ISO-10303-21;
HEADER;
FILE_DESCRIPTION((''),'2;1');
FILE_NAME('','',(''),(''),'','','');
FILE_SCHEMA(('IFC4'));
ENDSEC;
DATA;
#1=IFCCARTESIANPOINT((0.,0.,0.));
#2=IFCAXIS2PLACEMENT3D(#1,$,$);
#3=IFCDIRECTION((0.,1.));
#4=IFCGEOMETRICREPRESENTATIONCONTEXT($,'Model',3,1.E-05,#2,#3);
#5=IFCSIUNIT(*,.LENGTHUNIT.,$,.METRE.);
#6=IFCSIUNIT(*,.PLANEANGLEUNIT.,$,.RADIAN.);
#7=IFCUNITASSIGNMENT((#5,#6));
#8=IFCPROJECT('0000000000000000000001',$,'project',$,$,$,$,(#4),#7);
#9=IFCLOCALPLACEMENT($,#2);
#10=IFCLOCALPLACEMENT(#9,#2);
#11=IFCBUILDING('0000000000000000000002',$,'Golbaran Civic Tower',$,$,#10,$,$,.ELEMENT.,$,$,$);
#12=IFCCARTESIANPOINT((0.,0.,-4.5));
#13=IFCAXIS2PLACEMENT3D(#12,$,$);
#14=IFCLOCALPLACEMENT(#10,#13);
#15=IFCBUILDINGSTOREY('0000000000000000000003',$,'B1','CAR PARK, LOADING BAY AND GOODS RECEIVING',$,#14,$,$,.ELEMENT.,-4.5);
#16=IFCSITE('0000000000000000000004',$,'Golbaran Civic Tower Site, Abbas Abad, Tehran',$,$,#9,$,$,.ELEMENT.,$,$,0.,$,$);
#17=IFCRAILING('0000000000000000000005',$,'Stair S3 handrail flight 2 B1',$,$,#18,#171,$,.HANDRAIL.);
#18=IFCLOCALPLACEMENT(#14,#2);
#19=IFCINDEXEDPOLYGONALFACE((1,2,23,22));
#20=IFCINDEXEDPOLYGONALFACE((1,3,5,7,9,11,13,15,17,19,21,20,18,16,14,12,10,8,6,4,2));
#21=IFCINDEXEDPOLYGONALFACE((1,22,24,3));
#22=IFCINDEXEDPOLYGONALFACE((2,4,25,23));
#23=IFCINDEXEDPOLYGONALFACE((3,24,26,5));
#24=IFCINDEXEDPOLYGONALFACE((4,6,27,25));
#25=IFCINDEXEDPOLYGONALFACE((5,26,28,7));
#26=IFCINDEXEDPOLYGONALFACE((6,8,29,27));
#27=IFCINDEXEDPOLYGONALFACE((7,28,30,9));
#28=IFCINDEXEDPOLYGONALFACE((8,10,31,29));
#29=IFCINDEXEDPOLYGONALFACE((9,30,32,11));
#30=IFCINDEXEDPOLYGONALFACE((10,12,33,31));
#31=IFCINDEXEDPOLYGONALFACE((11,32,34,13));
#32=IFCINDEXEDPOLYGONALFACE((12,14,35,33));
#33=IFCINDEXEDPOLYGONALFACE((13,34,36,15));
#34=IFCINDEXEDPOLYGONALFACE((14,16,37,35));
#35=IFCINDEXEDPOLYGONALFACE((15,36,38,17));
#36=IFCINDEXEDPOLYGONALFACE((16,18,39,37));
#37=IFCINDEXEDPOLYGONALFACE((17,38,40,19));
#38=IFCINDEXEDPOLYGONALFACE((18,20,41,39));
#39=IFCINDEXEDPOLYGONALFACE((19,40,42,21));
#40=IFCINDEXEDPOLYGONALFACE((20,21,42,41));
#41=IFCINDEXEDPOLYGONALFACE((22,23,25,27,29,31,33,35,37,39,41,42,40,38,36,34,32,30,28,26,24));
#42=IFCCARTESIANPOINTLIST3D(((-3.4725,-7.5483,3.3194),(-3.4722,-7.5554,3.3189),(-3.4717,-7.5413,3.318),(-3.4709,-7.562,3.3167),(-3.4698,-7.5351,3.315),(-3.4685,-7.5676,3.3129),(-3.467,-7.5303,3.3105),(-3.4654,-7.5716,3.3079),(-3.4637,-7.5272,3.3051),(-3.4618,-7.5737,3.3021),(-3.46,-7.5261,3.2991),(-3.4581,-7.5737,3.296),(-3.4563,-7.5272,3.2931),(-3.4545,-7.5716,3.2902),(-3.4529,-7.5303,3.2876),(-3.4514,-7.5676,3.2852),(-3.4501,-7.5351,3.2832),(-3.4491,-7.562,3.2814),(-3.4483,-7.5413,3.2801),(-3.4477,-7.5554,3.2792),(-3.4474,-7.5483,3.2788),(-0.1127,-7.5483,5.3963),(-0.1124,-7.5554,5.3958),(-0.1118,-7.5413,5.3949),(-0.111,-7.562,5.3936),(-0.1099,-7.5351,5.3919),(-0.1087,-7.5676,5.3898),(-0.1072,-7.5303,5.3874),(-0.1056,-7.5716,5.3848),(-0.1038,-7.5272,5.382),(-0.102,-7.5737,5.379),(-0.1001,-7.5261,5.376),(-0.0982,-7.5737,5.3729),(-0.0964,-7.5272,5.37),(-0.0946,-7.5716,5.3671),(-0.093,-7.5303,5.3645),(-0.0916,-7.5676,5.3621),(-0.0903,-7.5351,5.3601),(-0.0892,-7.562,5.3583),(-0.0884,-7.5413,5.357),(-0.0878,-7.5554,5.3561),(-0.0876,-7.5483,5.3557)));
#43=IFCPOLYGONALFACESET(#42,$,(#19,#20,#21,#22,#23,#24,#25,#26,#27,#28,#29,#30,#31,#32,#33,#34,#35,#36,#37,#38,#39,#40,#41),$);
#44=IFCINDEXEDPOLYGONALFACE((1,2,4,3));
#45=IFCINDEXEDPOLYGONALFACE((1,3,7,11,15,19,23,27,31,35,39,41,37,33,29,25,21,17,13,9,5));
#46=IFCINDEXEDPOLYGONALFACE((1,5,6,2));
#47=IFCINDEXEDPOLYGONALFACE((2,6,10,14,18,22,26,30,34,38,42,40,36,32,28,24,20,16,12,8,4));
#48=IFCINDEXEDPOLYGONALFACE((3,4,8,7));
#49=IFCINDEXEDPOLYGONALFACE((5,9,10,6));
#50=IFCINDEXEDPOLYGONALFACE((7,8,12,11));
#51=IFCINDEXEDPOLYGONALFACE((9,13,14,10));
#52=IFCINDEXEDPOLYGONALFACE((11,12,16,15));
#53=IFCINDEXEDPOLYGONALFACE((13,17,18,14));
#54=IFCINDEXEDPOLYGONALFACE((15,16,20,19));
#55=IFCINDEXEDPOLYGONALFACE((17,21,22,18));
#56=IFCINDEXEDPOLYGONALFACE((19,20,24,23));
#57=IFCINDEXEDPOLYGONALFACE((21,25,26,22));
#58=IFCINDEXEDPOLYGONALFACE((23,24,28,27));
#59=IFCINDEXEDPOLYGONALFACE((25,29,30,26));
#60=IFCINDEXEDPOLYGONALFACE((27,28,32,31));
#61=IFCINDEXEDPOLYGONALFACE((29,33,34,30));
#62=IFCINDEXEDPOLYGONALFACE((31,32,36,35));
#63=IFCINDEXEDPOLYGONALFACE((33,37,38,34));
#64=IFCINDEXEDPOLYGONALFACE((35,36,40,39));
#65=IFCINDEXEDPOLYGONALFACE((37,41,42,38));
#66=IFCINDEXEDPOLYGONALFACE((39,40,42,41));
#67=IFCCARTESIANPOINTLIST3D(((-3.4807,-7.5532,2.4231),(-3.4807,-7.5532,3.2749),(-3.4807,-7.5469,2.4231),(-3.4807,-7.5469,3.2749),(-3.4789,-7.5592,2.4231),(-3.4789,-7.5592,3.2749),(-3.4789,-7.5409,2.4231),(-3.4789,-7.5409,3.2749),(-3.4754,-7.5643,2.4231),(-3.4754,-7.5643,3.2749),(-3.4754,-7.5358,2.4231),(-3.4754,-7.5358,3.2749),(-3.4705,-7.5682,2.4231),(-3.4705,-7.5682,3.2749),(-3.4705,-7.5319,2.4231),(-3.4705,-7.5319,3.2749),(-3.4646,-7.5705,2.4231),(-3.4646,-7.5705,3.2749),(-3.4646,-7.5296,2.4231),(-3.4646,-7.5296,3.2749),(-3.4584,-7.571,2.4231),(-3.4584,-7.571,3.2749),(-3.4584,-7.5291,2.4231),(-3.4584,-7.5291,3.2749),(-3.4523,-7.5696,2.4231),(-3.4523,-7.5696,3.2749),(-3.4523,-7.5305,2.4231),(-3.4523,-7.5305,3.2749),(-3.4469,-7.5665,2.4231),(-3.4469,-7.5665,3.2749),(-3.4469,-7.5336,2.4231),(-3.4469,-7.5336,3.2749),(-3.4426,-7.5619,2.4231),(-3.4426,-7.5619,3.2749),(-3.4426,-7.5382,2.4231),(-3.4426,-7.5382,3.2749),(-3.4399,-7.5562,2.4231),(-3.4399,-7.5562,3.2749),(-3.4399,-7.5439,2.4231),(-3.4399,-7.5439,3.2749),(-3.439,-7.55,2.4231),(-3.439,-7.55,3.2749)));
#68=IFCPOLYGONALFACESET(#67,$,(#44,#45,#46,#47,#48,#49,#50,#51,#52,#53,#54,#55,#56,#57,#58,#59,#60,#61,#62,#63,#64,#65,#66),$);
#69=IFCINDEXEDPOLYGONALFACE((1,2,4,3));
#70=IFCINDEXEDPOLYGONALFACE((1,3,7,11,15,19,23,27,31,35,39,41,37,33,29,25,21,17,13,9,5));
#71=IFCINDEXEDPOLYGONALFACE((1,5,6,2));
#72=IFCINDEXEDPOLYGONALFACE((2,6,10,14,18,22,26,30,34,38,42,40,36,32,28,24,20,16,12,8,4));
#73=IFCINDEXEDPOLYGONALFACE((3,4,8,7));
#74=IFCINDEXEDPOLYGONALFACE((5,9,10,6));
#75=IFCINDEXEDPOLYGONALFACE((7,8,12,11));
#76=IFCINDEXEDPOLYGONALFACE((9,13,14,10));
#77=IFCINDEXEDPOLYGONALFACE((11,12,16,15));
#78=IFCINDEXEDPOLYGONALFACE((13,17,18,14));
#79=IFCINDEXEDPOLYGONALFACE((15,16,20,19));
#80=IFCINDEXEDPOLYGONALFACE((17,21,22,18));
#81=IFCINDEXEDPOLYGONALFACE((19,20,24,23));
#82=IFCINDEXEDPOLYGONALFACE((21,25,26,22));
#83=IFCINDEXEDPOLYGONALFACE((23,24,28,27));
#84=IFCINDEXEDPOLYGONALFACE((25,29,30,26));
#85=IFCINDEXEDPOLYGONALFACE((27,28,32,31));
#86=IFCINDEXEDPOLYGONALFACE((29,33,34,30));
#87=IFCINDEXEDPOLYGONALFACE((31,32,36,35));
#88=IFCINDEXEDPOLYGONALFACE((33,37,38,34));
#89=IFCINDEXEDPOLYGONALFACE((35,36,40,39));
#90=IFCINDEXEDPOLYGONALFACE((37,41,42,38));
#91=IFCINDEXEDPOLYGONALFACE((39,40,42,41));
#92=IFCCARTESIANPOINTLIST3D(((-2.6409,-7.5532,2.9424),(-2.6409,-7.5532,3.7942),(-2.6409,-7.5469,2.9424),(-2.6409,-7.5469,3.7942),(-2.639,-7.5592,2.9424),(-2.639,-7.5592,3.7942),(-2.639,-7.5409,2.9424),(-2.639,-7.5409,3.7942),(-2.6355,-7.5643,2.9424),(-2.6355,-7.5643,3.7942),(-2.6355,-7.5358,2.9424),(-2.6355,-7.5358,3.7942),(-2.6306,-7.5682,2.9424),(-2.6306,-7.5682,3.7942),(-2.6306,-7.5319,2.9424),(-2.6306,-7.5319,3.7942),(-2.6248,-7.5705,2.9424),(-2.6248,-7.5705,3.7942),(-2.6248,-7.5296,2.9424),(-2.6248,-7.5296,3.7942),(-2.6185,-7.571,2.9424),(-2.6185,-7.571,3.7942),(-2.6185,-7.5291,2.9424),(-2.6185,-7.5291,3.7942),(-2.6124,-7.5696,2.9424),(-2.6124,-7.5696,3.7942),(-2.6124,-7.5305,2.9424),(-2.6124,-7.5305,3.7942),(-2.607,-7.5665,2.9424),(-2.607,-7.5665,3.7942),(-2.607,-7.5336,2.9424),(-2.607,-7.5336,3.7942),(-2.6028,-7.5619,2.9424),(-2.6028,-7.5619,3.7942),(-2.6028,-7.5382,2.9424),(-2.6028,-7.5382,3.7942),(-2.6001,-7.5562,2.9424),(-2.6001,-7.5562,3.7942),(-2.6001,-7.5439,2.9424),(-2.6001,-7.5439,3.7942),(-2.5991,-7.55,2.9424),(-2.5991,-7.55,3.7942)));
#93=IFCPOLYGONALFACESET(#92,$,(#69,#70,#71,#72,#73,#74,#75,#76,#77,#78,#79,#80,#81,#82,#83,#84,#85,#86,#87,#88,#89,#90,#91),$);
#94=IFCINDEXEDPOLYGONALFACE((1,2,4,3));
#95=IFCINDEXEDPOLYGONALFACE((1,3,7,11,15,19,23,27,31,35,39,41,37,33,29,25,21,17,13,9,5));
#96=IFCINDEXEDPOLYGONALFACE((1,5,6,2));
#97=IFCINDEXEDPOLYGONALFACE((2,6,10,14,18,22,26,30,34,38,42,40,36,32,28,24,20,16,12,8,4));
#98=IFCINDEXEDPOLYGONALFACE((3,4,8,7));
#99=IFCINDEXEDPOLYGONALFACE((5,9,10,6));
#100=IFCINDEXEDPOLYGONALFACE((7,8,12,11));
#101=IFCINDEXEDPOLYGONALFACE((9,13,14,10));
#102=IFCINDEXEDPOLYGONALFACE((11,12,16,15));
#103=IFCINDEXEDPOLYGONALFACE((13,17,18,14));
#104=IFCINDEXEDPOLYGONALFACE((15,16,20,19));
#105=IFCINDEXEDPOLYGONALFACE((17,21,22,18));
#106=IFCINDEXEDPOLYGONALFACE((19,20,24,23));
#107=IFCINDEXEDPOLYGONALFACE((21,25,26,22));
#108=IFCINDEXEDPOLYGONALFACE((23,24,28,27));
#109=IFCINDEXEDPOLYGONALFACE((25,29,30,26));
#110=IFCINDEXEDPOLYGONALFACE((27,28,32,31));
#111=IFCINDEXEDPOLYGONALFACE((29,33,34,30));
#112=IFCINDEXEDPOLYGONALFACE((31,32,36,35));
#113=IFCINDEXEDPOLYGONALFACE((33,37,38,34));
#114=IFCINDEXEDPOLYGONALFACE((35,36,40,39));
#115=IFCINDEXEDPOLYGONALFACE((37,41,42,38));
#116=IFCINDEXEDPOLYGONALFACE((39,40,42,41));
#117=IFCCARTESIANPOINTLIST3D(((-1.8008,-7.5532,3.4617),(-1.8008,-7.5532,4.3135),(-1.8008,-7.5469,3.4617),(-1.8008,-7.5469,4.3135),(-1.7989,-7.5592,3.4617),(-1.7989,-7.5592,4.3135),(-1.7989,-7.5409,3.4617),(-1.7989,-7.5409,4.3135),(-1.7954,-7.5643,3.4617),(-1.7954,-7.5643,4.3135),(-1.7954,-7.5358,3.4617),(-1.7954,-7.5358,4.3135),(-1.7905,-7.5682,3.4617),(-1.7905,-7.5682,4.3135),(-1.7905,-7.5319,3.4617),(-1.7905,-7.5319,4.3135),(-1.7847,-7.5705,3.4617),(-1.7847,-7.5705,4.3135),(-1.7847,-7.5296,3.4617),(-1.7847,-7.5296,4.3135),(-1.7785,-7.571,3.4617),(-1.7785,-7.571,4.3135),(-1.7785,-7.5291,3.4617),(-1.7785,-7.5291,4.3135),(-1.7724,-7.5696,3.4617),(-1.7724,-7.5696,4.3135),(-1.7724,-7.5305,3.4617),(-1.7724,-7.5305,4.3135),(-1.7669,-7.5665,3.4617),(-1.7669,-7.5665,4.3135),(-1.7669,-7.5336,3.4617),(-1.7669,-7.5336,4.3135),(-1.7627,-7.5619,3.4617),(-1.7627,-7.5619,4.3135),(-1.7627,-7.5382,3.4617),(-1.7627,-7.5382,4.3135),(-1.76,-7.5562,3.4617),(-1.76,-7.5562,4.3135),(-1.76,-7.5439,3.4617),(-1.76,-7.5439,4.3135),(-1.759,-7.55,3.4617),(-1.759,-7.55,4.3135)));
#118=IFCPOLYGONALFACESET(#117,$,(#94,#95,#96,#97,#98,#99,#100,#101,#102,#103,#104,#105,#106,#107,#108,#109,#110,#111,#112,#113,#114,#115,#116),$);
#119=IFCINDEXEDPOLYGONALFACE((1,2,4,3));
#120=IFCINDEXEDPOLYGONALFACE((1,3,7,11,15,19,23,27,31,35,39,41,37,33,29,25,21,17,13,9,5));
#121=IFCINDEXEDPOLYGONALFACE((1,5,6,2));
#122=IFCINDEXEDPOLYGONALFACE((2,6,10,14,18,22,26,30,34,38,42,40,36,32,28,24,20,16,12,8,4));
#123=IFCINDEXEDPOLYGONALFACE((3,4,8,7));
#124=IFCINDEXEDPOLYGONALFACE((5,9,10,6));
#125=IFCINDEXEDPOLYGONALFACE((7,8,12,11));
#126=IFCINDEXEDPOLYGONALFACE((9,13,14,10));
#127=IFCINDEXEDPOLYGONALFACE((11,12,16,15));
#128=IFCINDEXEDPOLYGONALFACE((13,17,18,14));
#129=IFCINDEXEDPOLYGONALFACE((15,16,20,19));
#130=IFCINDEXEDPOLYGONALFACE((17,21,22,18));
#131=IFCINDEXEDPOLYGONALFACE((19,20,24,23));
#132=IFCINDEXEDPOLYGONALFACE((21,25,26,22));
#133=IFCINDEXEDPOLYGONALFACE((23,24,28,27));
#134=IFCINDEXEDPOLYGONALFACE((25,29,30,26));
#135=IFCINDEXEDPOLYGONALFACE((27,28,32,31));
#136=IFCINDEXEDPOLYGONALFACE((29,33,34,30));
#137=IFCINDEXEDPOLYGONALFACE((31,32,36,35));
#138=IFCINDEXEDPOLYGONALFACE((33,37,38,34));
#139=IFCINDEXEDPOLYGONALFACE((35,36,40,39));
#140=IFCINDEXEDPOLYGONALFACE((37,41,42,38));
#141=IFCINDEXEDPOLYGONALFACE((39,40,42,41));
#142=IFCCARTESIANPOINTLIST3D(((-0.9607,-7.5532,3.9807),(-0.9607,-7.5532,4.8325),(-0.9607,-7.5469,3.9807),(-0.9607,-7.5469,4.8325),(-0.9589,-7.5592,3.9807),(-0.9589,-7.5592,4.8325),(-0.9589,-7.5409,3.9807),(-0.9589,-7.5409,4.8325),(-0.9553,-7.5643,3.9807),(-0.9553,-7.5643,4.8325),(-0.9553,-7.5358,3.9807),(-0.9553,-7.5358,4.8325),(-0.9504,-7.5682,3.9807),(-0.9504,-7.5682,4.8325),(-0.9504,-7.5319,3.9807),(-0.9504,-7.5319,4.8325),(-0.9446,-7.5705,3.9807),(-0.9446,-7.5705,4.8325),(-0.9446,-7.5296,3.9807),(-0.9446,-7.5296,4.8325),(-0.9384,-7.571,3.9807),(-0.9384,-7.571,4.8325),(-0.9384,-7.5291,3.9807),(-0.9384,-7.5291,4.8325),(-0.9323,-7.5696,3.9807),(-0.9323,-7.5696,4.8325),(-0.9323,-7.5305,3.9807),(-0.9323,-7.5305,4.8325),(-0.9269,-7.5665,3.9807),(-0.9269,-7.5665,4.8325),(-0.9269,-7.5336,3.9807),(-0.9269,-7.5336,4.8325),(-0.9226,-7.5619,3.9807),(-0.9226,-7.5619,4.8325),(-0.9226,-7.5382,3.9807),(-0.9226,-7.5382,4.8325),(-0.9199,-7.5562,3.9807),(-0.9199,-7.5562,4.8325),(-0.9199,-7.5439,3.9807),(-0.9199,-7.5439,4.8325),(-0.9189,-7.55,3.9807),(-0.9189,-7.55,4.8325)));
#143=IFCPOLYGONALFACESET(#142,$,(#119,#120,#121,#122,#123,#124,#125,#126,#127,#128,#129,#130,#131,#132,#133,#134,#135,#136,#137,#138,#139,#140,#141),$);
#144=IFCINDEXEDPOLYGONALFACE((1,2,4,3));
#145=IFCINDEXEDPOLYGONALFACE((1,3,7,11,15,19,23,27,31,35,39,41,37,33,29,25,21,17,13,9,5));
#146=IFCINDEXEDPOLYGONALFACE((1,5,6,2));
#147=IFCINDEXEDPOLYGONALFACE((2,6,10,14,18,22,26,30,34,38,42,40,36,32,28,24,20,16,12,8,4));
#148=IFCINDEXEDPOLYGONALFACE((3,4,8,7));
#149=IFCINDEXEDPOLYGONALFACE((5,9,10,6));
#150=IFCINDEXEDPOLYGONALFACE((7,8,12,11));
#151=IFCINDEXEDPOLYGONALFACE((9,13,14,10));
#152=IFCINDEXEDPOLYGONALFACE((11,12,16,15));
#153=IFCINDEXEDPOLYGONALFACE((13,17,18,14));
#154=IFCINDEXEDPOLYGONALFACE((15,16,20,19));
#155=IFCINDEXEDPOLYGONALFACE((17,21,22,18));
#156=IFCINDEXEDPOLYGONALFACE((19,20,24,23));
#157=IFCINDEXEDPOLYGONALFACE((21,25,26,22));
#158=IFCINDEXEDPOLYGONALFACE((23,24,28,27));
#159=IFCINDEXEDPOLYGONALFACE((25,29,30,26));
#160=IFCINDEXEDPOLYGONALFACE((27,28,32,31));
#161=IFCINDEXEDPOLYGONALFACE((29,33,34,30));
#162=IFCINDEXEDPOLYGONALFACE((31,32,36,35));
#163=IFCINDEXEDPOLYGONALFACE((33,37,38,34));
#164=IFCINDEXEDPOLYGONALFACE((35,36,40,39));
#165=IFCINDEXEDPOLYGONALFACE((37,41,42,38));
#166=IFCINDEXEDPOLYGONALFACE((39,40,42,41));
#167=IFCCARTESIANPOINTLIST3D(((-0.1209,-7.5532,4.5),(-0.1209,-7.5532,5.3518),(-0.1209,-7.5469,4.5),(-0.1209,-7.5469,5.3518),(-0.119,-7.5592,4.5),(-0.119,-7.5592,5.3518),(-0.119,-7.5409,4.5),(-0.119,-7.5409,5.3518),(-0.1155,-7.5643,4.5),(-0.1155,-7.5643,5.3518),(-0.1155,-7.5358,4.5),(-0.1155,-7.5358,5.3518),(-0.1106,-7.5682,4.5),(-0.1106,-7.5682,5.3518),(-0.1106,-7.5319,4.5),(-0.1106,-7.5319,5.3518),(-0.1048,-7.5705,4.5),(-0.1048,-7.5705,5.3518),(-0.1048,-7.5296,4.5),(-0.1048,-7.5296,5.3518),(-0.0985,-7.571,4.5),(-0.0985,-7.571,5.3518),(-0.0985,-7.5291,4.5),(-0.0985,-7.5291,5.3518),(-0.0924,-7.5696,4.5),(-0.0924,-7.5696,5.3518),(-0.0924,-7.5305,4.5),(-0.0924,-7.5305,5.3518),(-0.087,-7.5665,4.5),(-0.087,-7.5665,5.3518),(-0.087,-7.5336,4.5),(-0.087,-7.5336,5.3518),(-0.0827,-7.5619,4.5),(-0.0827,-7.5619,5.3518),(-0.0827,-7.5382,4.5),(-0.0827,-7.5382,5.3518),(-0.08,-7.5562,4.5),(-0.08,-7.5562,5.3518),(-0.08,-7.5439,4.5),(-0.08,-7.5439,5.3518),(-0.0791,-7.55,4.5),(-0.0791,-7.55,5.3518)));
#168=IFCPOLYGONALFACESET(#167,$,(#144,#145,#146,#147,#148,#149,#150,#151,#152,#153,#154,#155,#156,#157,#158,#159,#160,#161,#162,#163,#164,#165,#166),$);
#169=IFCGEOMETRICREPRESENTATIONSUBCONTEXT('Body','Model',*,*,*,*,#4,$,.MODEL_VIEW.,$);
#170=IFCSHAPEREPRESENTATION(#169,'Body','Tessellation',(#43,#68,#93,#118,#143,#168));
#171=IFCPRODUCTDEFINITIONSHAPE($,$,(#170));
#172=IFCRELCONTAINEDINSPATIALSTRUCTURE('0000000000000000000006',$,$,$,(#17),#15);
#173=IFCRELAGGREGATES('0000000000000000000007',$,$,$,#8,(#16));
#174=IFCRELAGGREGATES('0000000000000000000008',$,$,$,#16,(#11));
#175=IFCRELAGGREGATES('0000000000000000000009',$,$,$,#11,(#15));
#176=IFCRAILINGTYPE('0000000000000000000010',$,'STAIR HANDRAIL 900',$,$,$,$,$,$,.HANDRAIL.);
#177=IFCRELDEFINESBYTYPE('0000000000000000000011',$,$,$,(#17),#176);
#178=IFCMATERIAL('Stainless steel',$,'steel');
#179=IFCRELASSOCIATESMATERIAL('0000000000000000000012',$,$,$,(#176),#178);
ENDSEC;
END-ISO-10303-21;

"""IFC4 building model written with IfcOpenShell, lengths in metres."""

from ifc_helpers import new_model, si_unit, direction, frame, origin, origin_2d, place, context, subcontext, project, spatial, circle, extrude, material, type_object, element, save


model = new_model("IFC4")

# Units and contexts
model_context = context("Model", 3, precision=1e-05, world=origin(), true_north=direction((0.0, 1.0)))
body_context = subcontext(model_context, "Body", "Model", "MODEL_VIEW")
ifc_project = project(units=[si_unit("LENGTHUNIT", "METRE"), si_unit("PLANEANGLEUNIT", "RADIAN")], contexts=[model_context])

# Site, building, storey
site_placement = place(None, origin())
site = spatial("IfcSite", under=ifc_project, at=site_placement, Name="Golbaran Civic Tower Site, Abbas Abad, Tehran", CompositionType="ELEMENT", RefElevation=0.0)
building_placement = place(site_placement, origin())
building = spatial("IfcBuilding", under=site, at=building_placement, Name="Golbaran Civic Tower", CompositionType="ELEMENT")
storey_placement = place(building_placement, frame((0.0, 0.0, -4.5)))
storey = spatial("IfcBuildingStorey", under=building, at=storey_placement, Name="B1", Description="CAR PARK, LOADING BAY AND GOODS RECEIVING", CompositionType="ELEMENT", Elevation=-4.5)

# Shared definitions
ifc_material_1 = material(Name="Stainless steel", Category="steel")

# Railing
railing_type = type_object("IfcRailingType", Name="STAIR HANDRAIL 900", PredefinedType="HANDRAIL", material=ifc_material_1)
railing_placement = place(storey_placement, frame((-3.46, -7.55, 2.4231)))
element("IfcRailing", 1, at=railing_placement, inside=storey, type_object=railing_type, Name="Stair S3 handrail flight 2 B1", PredefinedType="HANDRAIL", context=body_context, shape_type="SweptSolid", body=[
    extrude(circle(Radius=0.0239, at=origin_2d()), frame((0.0, 0.0, 0.876), z_axis=(0.850606, 0.0, 0.525803), x_axis=(0.0, 1.0, 0.0)), (0.0, 0.0, 1.0), 3.95),
    extrude(circle(Radius=0.021, at=origin_2d()), origin(), (0.0, 0.0, 1.0), 0.8518),
    extrude(circle(Radius=0.021, at=origin_2d()), frame((0.8398, 0.0, 0.5193)), (0.0, 0.0, 1.0), 0.8518),
    extrude(circle(Radius=0.021, at=origin_2d()), frame((1.6799, 0.0, 1.0386)), (0.0, 0.0, 1.0), 0.8518),
    extrude(circle(Radius=0.021, at=origin_2d()), frame((2.52, 0.0, 1.5576)), (0.0, 0.0, 1.0), 0.8518),
    extrude(circle(Radius=0.021, at=origin_2d()), frame((3.3599, 0.0, 2.0769)), (0.0, 0.0, 1.0), 0.8518),
])

save(model, "model.ifc")
